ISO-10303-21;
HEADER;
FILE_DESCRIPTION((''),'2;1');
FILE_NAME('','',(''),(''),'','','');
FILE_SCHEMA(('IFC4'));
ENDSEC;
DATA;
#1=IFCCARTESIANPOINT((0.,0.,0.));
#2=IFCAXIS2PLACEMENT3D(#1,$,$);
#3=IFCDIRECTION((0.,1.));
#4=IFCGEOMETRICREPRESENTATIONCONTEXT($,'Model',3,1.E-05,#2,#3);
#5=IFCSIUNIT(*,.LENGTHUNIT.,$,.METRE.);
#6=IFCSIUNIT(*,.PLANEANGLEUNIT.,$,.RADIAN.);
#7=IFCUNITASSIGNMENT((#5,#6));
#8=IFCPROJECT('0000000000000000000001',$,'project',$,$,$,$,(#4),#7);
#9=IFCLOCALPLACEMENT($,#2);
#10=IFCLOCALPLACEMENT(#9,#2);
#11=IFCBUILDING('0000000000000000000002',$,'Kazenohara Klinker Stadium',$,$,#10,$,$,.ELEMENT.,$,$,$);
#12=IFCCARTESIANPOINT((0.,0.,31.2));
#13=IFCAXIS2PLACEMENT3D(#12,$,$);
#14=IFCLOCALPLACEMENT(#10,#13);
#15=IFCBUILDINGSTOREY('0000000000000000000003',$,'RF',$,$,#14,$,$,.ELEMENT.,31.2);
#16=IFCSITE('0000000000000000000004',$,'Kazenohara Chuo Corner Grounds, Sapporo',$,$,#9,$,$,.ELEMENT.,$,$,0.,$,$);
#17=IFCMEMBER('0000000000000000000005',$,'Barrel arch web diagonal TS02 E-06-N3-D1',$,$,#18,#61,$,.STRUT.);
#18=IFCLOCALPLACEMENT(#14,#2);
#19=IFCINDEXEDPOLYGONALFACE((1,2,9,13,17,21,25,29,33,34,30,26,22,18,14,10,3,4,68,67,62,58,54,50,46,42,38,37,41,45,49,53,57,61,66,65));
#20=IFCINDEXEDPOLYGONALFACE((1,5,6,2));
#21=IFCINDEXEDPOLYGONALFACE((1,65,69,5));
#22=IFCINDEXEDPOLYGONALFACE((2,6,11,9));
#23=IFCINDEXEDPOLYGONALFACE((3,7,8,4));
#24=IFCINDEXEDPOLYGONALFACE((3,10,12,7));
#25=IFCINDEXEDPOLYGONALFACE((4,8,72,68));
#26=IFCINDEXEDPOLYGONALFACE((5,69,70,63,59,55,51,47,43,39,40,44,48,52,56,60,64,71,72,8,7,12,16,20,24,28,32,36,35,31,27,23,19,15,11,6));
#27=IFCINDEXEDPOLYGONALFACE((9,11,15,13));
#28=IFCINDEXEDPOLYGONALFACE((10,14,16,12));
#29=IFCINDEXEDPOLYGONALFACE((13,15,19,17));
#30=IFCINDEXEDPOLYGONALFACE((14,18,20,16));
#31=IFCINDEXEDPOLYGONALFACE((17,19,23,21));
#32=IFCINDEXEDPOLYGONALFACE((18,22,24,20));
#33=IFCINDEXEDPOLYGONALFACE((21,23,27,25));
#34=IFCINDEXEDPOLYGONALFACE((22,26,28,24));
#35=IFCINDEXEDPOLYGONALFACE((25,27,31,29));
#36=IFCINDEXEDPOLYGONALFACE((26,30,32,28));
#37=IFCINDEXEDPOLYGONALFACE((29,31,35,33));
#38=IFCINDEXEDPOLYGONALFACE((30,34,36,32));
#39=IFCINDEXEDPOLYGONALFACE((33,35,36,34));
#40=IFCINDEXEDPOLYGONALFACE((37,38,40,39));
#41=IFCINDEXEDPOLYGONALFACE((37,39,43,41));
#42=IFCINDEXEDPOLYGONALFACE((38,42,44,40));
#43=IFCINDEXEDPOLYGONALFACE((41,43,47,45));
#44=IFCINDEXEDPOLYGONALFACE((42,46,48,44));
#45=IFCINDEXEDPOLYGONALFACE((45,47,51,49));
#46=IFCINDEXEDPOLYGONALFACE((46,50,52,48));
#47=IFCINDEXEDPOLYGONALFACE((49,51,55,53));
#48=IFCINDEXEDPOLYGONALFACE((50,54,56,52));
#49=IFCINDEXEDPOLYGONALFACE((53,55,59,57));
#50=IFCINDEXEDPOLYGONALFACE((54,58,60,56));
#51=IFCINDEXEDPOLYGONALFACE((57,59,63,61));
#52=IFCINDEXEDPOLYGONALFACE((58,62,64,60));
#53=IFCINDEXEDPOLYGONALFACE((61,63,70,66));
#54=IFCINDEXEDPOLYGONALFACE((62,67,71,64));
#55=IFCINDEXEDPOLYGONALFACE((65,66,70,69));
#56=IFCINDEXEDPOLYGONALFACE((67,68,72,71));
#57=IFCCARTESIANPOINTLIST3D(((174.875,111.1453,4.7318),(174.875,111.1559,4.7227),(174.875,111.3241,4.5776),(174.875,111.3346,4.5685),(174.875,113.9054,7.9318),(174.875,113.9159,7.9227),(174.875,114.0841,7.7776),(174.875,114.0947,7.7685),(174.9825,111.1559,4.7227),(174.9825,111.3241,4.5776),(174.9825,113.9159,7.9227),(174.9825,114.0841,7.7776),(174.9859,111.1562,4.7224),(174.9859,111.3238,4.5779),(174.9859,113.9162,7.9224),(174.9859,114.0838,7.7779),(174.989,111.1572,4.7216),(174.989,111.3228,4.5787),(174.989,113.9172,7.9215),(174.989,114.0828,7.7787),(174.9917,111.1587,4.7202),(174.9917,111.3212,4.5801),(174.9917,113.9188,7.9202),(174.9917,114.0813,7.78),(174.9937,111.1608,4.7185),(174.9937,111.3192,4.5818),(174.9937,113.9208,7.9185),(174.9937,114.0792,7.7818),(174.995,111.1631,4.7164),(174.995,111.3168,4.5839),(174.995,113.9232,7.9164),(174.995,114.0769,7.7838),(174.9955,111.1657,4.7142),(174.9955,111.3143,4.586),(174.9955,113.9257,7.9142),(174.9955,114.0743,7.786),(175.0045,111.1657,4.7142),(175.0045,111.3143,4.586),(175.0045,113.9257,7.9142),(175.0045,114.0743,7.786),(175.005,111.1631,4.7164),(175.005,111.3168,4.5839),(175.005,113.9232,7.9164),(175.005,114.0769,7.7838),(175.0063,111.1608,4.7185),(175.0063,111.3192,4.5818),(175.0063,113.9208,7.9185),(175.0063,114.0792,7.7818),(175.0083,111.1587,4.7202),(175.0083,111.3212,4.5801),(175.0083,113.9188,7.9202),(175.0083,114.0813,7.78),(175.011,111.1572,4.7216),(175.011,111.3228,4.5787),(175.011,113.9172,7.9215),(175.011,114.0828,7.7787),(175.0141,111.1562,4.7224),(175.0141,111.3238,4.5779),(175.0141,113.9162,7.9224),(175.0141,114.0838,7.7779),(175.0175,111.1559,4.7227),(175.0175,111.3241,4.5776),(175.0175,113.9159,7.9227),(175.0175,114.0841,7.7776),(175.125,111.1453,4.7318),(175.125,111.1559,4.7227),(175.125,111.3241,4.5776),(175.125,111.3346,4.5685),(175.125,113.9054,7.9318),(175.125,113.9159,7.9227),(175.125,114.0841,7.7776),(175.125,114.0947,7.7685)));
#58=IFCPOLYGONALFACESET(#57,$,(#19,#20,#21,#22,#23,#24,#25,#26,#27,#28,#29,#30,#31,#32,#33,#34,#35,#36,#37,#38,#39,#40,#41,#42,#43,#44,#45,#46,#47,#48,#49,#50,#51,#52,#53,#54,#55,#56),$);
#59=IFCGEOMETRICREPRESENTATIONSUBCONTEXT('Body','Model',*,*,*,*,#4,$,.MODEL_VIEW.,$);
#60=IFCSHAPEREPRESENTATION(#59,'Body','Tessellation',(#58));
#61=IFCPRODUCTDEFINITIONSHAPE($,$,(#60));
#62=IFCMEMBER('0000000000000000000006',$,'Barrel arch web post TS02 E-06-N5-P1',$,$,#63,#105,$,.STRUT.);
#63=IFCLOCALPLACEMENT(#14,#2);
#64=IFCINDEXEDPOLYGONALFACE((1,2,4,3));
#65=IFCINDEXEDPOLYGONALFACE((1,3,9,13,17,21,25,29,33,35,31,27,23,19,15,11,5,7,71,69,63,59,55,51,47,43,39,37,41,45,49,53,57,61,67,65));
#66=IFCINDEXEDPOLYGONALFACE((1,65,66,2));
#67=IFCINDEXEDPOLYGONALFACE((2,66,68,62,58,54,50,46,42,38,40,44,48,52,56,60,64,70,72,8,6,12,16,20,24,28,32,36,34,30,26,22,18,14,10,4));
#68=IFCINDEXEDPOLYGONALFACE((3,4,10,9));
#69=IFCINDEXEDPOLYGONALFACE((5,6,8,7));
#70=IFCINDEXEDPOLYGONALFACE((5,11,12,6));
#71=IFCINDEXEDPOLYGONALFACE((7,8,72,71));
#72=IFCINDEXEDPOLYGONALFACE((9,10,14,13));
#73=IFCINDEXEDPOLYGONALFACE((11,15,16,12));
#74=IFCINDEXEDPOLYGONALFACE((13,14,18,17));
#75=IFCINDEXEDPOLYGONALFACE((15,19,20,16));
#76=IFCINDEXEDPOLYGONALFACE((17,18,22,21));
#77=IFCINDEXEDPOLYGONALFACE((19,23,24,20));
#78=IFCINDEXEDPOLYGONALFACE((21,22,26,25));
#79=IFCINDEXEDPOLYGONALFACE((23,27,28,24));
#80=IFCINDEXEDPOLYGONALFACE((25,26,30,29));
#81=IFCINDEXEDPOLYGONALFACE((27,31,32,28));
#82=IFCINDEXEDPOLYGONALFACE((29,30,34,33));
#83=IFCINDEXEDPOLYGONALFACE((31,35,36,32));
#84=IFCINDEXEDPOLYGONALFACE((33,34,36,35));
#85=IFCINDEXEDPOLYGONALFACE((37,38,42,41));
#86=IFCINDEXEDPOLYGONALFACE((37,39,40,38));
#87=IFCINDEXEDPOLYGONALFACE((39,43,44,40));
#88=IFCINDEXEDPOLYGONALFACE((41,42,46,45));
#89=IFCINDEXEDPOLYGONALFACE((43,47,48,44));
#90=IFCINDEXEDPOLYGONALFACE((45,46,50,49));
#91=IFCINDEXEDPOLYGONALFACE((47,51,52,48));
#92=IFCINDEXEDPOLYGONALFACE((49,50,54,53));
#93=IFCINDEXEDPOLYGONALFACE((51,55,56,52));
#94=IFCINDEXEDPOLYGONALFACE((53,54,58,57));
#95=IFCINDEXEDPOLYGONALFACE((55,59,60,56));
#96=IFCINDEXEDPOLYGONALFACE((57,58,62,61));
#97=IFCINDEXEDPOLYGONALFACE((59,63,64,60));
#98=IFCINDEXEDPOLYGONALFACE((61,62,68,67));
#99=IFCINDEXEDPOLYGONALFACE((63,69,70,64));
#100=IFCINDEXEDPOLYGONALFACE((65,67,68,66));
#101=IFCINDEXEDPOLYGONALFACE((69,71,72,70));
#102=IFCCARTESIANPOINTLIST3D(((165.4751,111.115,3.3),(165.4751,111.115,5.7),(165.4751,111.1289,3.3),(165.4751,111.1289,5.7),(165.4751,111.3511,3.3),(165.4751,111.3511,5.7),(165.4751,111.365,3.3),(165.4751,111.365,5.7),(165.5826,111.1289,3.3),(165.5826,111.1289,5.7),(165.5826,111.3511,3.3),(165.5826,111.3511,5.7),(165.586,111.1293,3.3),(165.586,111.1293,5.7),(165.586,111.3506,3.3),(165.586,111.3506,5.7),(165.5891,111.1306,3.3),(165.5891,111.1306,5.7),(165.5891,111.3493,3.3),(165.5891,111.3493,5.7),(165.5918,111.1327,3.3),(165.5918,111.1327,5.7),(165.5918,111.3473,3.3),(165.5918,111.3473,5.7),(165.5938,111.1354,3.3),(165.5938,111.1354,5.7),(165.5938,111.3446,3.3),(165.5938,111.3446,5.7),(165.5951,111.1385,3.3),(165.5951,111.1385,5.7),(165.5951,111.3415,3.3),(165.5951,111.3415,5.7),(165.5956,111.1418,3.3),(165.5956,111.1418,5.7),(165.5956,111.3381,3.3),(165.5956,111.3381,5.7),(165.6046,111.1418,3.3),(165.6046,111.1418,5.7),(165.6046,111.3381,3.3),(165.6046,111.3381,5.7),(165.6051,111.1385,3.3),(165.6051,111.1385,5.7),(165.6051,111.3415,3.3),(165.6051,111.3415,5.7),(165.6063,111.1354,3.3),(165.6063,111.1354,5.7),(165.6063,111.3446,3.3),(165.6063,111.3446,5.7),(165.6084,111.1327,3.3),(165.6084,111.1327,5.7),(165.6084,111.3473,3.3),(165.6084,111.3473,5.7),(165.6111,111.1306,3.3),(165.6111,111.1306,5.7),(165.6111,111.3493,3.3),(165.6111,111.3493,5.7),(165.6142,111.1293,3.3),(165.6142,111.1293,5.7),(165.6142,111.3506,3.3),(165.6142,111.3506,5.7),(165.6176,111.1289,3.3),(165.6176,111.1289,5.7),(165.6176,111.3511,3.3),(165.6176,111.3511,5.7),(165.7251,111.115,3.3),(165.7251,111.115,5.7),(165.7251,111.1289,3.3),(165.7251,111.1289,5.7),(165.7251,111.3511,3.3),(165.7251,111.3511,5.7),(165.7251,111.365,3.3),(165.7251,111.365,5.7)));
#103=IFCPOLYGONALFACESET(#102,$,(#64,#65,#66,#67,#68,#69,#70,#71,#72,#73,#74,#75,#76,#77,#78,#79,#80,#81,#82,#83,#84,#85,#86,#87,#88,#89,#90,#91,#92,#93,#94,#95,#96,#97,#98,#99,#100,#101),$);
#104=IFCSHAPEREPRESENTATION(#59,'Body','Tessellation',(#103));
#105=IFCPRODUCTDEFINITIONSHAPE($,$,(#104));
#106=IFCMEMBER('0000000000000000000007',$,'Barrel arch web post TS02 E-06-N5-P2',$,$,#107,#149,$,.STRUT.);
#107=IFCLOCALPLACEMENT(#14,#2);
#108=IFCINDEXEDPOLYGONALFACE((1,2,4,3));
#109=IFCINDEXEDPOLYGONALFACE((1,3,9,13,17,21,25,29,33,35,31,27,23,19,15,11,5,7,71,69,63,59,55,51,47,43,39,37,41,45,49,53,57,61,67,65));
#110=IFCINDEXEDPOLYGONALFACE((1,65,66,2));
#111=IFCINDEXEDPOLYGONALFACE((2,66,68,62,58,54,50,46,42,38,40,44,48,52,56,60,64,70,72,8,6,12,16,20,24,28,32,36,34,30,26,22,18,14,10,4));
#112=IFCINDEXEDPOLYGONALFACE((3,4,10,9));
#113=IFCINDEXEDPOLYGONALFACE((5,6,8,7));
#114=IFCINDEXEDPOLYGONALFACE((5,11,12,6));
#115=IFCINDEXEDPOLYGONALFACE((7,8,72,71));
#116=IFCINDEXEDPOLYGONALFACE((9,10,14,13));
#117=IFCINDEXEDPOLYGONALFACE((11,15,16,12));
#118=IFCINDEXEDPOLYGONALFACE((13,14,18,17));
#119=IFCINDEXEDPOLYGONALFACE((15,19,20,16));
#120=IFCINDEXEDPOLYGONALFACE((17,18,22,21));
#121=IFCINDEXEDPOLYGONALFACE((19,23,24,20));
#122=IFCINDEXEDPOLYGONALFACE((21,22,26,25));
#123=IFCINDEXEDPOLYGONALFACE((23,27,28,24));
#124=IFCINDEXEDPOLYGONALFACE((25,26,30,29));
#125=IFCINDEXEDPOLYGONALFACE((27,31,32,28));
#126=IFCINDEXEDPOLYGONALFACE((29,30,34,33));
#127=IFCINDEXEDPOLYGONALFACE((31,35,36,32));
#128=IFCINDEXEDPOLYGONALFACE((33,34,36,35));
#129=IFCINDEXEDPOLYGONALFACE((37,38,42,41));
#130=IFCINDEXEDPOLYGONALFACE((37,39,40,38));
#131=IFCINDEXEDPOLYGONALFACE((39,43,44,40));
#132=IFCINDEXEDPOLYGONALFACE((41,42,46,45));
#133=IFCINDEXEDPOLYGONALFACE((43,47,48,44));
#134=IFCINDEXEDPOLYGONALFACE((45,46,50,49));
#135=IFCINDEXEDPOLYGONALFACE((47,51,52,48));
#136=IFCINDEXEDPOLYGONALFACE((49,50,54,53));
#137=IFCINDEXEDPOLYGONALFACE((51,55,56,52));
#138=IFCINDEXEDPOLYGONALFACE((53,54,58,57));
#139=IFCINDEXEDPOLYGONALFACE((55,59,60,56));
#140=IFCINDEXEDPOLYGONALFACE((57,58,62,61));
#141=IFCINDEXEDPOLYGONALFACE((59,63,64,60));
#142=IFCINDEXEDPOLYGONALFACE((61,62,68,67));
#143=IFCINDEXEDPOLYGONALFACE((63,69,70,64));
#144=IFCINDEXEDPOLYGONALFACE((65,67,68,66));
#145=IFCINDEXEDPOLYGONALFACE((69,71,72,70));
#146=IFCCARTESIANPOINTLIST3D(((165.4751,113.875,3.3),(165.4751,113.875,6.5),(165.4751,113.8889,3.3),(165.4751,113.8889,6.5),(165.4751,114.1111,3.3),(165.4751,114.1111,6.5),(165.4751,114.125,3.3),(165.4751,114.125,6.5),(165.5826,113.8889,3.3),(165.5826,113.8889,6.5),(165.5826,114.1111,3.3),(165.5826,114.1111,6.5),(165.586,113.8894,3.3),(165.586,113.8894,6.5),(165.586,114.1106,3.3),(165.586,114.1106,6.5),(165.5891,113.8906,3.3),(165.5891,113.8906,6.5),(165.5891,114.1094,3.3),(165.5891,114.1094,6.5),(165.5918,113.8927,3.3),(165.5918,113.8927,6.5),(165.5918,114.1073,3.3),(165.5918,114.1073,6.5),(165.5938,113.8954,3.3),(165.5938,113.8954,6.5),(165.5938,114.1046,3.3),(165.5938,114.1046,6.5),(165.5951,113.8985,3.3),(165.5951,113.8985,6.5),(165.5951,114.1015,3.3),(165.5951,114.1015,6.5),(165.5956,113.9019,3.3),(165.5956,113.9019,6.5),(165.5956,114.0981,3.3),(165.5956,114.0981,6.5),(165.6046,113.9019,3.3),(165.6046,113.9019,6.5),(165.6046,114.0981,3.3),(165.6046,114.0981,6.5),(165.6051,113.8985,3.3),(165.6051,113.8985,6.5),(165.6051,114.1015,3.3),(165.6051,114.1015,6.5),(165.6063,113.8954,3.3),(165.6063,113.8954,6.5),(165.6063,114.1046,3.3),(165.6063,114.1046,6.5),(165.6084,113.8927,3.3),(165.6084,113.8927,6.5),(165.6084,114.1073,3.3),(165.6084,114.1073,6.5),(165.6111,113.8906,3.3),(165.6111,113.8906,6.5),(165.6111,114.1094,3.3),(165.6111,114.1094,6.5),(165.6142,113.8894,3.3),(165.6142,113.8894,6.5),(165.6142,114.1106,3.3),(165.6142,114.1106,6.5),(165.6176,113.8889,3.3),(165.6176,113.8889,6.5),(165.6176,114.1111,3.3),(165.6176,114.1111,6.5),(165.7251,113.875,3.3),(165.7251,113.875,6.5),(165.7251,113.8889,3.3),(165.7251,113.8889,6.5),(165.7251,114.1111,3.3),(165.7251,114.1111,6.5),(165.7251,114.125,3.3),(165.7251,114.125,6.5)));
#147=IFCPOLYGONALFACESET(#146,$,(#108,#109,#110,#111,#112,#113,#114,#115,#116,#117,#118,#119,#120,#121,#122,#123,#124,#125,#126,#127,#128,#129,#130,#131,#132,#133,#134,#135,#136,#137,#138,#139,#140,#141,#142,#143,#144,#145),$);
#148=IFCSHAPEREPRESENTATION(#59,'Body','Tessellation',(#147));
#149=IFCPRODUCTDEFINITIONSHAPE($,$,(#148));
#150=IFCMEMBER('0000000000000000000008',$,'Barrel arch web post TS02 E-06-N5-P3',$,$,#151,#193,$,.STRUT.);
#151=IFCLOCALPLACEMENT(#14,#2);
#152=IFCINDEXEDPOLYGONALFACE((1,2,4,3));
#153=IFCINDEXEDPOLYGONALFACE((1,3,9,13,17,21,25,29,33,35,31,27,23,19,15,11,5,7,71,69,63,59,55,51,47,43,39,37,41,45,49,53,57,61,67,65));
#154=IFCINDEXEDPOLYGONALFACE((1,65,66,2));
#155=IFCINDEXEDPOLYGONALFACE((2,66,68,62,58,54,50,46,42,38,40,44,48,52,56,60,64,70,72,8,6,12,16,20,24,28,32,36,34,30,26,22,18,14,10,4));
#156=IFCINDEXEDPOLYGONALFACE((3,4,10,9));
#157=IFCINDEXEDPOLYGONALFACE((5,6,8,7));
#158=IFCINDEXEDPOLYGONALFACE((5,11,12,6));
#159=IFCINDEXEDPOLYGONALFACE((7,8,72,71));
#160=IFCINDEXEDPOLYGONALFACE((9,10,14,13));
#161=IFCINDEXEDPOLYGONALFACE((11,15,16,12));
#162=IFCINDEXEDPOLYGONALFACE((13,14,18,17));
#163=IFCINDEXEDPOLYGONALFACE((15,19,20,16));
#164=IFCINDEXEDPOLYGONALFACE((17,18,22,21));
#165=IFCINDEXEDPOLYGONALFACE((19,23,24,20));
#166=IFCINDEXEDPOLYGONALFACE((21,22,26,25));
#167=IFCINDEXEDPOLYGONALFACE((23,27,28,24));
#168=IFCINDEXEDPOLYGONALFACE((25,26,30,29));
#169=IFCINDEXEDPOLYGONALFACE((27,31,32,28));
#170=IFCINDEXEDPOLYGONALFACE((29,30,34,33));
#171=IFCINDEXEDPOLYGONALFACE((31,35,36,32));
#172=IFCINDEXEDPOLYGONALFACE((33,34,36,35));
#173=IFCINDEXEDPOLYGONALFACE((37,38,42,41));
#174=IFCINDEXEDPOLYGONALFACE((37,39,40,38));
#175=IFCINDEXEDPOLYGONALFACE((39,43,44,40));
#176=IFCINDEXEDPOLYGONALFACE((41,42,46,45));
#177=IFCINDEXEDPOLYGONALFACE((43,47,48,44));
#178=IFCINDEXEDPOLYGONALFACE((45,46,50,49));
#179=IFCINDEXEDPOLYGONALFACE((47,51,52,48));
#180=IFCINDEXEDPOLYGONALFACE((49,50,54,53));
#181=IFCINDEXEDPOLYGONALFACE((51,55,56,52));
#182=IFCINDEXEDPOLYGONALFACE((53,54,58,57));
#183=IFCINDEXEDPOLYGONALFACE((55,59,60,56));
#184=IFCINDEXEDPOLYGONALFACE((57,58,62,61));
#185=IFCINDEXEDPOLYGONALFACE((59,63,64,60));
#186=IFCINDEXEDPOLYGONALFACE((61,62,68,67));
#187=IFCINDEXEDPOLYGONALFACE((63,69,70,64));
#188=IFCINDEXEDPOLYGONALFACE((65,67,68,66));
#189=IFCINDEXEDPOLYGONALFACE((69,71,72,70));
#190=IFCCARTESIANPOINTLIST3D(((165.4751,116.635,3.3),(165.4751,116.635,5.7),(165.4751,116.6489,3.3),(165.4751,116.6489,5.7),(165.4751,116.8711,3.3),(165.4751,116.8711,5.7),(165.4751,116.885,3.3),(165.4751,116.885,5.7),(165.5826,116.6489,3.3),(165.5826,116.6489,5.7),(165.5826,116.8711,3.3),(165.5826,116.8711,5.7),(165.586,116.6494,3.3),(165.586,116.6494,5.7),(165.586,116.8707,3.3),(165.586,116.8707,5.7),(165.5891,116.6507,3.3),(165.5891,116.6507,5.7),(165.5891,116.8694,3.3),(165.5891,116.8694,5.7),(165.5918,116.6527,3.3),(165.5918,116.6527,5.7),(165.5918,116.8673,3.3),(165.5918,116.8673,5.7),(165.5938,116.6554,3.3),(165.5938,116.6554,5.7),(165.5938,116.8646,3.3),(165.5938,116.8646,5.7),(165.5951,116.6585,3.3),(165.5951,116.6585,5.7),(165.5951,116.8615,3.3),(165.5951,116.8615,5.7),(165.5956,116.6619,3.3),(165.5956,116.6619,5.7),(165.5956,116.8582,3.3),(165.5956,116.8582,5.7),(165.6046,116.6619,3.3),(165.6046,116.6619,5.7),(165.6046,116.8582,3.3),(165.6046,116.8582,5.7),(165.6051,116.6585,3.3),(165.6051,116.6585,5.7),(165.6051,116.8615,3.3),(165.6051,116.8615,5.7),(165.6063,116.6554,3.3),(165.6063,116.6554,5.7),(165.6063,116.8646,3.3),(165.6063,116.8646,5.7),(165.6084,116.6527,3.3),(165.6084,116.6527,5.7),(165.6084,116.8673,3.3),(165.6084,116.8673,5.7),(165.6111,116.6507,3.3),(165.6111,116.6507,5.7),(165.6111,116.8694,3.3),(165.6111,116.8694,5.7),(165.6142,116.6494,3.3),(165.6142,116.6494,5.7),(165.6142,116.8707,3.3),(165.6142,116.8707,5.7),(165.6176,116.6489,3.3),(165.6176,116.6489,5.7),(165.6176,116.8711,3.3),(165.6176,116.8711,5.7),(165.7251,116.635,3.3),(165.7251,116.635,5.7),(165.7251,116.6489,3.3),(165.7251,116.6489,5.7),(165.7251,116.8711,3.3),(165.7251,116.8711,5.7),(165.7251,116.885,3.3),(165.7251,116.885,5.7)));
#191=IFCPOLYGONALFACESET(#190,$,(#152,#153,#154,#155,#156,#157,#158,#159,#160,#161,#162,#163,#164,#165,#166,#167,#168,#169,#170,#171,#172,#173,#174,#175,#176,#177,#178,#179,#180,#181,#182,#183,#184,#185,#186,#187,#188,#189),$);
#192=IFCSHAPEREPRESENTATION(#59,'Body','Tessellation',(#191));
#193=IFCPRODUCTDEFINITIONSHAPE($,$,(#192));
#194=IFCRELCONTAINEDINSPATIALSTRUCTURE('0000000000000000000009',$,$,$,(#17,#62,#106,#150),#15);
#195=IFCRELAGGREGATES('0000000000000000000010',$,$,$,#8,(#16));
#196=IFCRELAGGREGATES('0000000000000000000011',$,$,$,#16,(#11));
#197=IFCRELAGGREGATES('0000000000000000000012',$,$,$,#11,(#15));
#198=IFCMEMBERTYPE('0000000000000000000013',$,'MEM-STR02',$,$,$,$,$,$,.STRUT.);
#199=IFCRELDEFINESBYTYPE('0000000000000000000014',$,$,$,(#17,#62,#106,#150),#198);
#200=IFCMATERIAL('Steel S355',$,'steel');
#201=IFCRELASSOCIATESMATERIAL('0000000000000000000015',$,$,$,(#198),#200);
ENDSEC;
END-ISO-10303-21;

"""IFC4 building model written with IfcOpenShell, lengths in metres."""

from ifc_helpers import new_model, si_unit, direction, frame, origin, origin_2d, place, context, subcontext, project, spatial, i_section, extrude, material, material_profile, profile_set, type_object, element, save


model = new_model("IFC4")

# Units and contexts
model_context = context("Model", 3, precision=1e-05, world=origin(), true_north=direction((0.0, 1.0)))
body_context = subcontext(model_context, "Body", "Model", "MODEL_VIEW")
ifc_project = project(units=[si_unit("LENGTHUNIT", "METRE"), si_unit("PLANEANGLEUNIT", "RADIAN")], contexts=[model_context])

# Site, building, storey
site_placement = place(None, origin())
site = spatial("IfcSite", under=ifc_project, at=site_placement, Name="Kazenohara Chuo Corner Grounds, Sapporo", CompositionType="ELEMENT", RefElevation=0.0)
building_placement = place(site_placement, origin())
building = spatial("IfcBuilding", under=site, at=building_placement, Name="Kazenohara Klinker Stadium", CompositionType="ELEMENT")
storey_placement = place(building_placement, frame((0.0, 0.0, 31.2)))
storey = spatial("IfcBuildingStorey", under=building, at=storey_placement, Name="RF", CompositionType="ELEMENT", Elevation=31.2)

# Members
ifc_material_1 = material(Name="Steel S355", Category="steel")
ifc_material_profile_1 = material_profile(ifc_material_1, i_section(OverallWidth=0.25, OverallDepth=0.25, WebThickness=0.009, FlangeThickness=0.0139, FilletRadius=0.0129, at=origin_2d()), Name="H-250x250x9x14")
ifc_profile_set_1 = profile_set([ifc_material_profile_1], Name="Steel S355")
member_type_1 = type_object("IfcMemberType", Name="MEM-STR02", PredefinedType="STRUT", material=ifc_profile_set_1)
member_1_placement = place(storey_placement, frame((175.0, 111.24, 4.6501), z_axis=(0.0, 0.653134, 0.757242), x_axis=(-1.0, 0.0, 0.0)))
element("IfcMember", 1, at=member_1_placement, inside=storey, type_object=member_type_1, Name="Barrel arch web diagonal TS02 E-06-N3-D1", PredefinedType="STRUT", context=body_context, shape_type="SweptSolid", body=[
    extrude(i_section(OverallWidth=0.25, OverallDepth=0.25, WebThickness=0.009, FlangeThickness=0.0139, FilletRadius=0.0129, at=origin_2d()), origin(), (0.0, 0.0, 1.0), 4.2258),
])
member_2_placement = place(storey_placement, frame((165.6001, 111.24, 3.3), z_axis=(0.0, 0.0, 1.0), x_axis=(1.0, 0.0, 0.0)))
element("IfcMember", 2, at=member_2_placement, inside=storey, type_object=member_type_1, Name="Barrel arch web post TS02 E-06-N5-P1", PredefinedType="STRUT", context=body_context, shape_type="SweptSolid", body=[
    extrude(i_section(OverallWidth=0.25, OverallDepth=0.25, WebThickness=0.009, FlangeThickness=0.0139, FilletRadius=0.0129, at=origin_2d()), origin(), (0.0, 0.0, 1.0), 2.3999),
])
member_3_placement = place(storey_placement, frame((165.6001, 114.0, 3.3), z_axis=(0.0, 0.0, 1.0), x_axis=(1.0, 0.0, 0.0)))
element("IfcMember", 3, at=member_3_placement, inside=storey, type_object=member_type_1, Name="Barrel arch web post TS02 E-06-N5-P2", PredefinedType="STRUT", context=body_context, shape_type="SweptSolid", body=[
    extrude(i_section(OverallWidth=0.25, OverallDepth=0.25, WebThickness=0.009, FlangeThickness=0.0139, FilletRadius=0.0129, at=origin_2d()), origin(), (0.0, 0.0, 1.0), 3.2),
])
member_4_placement = place(storey_placement, frame((165.6001, 116.76, 3.3), z_axis=(0.0, 0.0, 1.0), x_axis=(1.0, 0.0, 0.0)))
element("IfcMember", 4, at=member_4_placement, inside=storey, type_object=member_type_1, Name="Barrel arch web post TS02 E-06-N5-P3", PredefinedType="STRUT", context=body_context, shape_type="SweptSolid", body=[
    extrude(i_section(OverallWidth=0.25, OverallDepth=0.25, WebThickness=0.009, FlangeThickness=0.0139, FilletRadius=0.0129, at=origin_2d()), origin(), (0.0, 0.0, 1.0), 2.3999),
])

save(model, "model.ifc")
